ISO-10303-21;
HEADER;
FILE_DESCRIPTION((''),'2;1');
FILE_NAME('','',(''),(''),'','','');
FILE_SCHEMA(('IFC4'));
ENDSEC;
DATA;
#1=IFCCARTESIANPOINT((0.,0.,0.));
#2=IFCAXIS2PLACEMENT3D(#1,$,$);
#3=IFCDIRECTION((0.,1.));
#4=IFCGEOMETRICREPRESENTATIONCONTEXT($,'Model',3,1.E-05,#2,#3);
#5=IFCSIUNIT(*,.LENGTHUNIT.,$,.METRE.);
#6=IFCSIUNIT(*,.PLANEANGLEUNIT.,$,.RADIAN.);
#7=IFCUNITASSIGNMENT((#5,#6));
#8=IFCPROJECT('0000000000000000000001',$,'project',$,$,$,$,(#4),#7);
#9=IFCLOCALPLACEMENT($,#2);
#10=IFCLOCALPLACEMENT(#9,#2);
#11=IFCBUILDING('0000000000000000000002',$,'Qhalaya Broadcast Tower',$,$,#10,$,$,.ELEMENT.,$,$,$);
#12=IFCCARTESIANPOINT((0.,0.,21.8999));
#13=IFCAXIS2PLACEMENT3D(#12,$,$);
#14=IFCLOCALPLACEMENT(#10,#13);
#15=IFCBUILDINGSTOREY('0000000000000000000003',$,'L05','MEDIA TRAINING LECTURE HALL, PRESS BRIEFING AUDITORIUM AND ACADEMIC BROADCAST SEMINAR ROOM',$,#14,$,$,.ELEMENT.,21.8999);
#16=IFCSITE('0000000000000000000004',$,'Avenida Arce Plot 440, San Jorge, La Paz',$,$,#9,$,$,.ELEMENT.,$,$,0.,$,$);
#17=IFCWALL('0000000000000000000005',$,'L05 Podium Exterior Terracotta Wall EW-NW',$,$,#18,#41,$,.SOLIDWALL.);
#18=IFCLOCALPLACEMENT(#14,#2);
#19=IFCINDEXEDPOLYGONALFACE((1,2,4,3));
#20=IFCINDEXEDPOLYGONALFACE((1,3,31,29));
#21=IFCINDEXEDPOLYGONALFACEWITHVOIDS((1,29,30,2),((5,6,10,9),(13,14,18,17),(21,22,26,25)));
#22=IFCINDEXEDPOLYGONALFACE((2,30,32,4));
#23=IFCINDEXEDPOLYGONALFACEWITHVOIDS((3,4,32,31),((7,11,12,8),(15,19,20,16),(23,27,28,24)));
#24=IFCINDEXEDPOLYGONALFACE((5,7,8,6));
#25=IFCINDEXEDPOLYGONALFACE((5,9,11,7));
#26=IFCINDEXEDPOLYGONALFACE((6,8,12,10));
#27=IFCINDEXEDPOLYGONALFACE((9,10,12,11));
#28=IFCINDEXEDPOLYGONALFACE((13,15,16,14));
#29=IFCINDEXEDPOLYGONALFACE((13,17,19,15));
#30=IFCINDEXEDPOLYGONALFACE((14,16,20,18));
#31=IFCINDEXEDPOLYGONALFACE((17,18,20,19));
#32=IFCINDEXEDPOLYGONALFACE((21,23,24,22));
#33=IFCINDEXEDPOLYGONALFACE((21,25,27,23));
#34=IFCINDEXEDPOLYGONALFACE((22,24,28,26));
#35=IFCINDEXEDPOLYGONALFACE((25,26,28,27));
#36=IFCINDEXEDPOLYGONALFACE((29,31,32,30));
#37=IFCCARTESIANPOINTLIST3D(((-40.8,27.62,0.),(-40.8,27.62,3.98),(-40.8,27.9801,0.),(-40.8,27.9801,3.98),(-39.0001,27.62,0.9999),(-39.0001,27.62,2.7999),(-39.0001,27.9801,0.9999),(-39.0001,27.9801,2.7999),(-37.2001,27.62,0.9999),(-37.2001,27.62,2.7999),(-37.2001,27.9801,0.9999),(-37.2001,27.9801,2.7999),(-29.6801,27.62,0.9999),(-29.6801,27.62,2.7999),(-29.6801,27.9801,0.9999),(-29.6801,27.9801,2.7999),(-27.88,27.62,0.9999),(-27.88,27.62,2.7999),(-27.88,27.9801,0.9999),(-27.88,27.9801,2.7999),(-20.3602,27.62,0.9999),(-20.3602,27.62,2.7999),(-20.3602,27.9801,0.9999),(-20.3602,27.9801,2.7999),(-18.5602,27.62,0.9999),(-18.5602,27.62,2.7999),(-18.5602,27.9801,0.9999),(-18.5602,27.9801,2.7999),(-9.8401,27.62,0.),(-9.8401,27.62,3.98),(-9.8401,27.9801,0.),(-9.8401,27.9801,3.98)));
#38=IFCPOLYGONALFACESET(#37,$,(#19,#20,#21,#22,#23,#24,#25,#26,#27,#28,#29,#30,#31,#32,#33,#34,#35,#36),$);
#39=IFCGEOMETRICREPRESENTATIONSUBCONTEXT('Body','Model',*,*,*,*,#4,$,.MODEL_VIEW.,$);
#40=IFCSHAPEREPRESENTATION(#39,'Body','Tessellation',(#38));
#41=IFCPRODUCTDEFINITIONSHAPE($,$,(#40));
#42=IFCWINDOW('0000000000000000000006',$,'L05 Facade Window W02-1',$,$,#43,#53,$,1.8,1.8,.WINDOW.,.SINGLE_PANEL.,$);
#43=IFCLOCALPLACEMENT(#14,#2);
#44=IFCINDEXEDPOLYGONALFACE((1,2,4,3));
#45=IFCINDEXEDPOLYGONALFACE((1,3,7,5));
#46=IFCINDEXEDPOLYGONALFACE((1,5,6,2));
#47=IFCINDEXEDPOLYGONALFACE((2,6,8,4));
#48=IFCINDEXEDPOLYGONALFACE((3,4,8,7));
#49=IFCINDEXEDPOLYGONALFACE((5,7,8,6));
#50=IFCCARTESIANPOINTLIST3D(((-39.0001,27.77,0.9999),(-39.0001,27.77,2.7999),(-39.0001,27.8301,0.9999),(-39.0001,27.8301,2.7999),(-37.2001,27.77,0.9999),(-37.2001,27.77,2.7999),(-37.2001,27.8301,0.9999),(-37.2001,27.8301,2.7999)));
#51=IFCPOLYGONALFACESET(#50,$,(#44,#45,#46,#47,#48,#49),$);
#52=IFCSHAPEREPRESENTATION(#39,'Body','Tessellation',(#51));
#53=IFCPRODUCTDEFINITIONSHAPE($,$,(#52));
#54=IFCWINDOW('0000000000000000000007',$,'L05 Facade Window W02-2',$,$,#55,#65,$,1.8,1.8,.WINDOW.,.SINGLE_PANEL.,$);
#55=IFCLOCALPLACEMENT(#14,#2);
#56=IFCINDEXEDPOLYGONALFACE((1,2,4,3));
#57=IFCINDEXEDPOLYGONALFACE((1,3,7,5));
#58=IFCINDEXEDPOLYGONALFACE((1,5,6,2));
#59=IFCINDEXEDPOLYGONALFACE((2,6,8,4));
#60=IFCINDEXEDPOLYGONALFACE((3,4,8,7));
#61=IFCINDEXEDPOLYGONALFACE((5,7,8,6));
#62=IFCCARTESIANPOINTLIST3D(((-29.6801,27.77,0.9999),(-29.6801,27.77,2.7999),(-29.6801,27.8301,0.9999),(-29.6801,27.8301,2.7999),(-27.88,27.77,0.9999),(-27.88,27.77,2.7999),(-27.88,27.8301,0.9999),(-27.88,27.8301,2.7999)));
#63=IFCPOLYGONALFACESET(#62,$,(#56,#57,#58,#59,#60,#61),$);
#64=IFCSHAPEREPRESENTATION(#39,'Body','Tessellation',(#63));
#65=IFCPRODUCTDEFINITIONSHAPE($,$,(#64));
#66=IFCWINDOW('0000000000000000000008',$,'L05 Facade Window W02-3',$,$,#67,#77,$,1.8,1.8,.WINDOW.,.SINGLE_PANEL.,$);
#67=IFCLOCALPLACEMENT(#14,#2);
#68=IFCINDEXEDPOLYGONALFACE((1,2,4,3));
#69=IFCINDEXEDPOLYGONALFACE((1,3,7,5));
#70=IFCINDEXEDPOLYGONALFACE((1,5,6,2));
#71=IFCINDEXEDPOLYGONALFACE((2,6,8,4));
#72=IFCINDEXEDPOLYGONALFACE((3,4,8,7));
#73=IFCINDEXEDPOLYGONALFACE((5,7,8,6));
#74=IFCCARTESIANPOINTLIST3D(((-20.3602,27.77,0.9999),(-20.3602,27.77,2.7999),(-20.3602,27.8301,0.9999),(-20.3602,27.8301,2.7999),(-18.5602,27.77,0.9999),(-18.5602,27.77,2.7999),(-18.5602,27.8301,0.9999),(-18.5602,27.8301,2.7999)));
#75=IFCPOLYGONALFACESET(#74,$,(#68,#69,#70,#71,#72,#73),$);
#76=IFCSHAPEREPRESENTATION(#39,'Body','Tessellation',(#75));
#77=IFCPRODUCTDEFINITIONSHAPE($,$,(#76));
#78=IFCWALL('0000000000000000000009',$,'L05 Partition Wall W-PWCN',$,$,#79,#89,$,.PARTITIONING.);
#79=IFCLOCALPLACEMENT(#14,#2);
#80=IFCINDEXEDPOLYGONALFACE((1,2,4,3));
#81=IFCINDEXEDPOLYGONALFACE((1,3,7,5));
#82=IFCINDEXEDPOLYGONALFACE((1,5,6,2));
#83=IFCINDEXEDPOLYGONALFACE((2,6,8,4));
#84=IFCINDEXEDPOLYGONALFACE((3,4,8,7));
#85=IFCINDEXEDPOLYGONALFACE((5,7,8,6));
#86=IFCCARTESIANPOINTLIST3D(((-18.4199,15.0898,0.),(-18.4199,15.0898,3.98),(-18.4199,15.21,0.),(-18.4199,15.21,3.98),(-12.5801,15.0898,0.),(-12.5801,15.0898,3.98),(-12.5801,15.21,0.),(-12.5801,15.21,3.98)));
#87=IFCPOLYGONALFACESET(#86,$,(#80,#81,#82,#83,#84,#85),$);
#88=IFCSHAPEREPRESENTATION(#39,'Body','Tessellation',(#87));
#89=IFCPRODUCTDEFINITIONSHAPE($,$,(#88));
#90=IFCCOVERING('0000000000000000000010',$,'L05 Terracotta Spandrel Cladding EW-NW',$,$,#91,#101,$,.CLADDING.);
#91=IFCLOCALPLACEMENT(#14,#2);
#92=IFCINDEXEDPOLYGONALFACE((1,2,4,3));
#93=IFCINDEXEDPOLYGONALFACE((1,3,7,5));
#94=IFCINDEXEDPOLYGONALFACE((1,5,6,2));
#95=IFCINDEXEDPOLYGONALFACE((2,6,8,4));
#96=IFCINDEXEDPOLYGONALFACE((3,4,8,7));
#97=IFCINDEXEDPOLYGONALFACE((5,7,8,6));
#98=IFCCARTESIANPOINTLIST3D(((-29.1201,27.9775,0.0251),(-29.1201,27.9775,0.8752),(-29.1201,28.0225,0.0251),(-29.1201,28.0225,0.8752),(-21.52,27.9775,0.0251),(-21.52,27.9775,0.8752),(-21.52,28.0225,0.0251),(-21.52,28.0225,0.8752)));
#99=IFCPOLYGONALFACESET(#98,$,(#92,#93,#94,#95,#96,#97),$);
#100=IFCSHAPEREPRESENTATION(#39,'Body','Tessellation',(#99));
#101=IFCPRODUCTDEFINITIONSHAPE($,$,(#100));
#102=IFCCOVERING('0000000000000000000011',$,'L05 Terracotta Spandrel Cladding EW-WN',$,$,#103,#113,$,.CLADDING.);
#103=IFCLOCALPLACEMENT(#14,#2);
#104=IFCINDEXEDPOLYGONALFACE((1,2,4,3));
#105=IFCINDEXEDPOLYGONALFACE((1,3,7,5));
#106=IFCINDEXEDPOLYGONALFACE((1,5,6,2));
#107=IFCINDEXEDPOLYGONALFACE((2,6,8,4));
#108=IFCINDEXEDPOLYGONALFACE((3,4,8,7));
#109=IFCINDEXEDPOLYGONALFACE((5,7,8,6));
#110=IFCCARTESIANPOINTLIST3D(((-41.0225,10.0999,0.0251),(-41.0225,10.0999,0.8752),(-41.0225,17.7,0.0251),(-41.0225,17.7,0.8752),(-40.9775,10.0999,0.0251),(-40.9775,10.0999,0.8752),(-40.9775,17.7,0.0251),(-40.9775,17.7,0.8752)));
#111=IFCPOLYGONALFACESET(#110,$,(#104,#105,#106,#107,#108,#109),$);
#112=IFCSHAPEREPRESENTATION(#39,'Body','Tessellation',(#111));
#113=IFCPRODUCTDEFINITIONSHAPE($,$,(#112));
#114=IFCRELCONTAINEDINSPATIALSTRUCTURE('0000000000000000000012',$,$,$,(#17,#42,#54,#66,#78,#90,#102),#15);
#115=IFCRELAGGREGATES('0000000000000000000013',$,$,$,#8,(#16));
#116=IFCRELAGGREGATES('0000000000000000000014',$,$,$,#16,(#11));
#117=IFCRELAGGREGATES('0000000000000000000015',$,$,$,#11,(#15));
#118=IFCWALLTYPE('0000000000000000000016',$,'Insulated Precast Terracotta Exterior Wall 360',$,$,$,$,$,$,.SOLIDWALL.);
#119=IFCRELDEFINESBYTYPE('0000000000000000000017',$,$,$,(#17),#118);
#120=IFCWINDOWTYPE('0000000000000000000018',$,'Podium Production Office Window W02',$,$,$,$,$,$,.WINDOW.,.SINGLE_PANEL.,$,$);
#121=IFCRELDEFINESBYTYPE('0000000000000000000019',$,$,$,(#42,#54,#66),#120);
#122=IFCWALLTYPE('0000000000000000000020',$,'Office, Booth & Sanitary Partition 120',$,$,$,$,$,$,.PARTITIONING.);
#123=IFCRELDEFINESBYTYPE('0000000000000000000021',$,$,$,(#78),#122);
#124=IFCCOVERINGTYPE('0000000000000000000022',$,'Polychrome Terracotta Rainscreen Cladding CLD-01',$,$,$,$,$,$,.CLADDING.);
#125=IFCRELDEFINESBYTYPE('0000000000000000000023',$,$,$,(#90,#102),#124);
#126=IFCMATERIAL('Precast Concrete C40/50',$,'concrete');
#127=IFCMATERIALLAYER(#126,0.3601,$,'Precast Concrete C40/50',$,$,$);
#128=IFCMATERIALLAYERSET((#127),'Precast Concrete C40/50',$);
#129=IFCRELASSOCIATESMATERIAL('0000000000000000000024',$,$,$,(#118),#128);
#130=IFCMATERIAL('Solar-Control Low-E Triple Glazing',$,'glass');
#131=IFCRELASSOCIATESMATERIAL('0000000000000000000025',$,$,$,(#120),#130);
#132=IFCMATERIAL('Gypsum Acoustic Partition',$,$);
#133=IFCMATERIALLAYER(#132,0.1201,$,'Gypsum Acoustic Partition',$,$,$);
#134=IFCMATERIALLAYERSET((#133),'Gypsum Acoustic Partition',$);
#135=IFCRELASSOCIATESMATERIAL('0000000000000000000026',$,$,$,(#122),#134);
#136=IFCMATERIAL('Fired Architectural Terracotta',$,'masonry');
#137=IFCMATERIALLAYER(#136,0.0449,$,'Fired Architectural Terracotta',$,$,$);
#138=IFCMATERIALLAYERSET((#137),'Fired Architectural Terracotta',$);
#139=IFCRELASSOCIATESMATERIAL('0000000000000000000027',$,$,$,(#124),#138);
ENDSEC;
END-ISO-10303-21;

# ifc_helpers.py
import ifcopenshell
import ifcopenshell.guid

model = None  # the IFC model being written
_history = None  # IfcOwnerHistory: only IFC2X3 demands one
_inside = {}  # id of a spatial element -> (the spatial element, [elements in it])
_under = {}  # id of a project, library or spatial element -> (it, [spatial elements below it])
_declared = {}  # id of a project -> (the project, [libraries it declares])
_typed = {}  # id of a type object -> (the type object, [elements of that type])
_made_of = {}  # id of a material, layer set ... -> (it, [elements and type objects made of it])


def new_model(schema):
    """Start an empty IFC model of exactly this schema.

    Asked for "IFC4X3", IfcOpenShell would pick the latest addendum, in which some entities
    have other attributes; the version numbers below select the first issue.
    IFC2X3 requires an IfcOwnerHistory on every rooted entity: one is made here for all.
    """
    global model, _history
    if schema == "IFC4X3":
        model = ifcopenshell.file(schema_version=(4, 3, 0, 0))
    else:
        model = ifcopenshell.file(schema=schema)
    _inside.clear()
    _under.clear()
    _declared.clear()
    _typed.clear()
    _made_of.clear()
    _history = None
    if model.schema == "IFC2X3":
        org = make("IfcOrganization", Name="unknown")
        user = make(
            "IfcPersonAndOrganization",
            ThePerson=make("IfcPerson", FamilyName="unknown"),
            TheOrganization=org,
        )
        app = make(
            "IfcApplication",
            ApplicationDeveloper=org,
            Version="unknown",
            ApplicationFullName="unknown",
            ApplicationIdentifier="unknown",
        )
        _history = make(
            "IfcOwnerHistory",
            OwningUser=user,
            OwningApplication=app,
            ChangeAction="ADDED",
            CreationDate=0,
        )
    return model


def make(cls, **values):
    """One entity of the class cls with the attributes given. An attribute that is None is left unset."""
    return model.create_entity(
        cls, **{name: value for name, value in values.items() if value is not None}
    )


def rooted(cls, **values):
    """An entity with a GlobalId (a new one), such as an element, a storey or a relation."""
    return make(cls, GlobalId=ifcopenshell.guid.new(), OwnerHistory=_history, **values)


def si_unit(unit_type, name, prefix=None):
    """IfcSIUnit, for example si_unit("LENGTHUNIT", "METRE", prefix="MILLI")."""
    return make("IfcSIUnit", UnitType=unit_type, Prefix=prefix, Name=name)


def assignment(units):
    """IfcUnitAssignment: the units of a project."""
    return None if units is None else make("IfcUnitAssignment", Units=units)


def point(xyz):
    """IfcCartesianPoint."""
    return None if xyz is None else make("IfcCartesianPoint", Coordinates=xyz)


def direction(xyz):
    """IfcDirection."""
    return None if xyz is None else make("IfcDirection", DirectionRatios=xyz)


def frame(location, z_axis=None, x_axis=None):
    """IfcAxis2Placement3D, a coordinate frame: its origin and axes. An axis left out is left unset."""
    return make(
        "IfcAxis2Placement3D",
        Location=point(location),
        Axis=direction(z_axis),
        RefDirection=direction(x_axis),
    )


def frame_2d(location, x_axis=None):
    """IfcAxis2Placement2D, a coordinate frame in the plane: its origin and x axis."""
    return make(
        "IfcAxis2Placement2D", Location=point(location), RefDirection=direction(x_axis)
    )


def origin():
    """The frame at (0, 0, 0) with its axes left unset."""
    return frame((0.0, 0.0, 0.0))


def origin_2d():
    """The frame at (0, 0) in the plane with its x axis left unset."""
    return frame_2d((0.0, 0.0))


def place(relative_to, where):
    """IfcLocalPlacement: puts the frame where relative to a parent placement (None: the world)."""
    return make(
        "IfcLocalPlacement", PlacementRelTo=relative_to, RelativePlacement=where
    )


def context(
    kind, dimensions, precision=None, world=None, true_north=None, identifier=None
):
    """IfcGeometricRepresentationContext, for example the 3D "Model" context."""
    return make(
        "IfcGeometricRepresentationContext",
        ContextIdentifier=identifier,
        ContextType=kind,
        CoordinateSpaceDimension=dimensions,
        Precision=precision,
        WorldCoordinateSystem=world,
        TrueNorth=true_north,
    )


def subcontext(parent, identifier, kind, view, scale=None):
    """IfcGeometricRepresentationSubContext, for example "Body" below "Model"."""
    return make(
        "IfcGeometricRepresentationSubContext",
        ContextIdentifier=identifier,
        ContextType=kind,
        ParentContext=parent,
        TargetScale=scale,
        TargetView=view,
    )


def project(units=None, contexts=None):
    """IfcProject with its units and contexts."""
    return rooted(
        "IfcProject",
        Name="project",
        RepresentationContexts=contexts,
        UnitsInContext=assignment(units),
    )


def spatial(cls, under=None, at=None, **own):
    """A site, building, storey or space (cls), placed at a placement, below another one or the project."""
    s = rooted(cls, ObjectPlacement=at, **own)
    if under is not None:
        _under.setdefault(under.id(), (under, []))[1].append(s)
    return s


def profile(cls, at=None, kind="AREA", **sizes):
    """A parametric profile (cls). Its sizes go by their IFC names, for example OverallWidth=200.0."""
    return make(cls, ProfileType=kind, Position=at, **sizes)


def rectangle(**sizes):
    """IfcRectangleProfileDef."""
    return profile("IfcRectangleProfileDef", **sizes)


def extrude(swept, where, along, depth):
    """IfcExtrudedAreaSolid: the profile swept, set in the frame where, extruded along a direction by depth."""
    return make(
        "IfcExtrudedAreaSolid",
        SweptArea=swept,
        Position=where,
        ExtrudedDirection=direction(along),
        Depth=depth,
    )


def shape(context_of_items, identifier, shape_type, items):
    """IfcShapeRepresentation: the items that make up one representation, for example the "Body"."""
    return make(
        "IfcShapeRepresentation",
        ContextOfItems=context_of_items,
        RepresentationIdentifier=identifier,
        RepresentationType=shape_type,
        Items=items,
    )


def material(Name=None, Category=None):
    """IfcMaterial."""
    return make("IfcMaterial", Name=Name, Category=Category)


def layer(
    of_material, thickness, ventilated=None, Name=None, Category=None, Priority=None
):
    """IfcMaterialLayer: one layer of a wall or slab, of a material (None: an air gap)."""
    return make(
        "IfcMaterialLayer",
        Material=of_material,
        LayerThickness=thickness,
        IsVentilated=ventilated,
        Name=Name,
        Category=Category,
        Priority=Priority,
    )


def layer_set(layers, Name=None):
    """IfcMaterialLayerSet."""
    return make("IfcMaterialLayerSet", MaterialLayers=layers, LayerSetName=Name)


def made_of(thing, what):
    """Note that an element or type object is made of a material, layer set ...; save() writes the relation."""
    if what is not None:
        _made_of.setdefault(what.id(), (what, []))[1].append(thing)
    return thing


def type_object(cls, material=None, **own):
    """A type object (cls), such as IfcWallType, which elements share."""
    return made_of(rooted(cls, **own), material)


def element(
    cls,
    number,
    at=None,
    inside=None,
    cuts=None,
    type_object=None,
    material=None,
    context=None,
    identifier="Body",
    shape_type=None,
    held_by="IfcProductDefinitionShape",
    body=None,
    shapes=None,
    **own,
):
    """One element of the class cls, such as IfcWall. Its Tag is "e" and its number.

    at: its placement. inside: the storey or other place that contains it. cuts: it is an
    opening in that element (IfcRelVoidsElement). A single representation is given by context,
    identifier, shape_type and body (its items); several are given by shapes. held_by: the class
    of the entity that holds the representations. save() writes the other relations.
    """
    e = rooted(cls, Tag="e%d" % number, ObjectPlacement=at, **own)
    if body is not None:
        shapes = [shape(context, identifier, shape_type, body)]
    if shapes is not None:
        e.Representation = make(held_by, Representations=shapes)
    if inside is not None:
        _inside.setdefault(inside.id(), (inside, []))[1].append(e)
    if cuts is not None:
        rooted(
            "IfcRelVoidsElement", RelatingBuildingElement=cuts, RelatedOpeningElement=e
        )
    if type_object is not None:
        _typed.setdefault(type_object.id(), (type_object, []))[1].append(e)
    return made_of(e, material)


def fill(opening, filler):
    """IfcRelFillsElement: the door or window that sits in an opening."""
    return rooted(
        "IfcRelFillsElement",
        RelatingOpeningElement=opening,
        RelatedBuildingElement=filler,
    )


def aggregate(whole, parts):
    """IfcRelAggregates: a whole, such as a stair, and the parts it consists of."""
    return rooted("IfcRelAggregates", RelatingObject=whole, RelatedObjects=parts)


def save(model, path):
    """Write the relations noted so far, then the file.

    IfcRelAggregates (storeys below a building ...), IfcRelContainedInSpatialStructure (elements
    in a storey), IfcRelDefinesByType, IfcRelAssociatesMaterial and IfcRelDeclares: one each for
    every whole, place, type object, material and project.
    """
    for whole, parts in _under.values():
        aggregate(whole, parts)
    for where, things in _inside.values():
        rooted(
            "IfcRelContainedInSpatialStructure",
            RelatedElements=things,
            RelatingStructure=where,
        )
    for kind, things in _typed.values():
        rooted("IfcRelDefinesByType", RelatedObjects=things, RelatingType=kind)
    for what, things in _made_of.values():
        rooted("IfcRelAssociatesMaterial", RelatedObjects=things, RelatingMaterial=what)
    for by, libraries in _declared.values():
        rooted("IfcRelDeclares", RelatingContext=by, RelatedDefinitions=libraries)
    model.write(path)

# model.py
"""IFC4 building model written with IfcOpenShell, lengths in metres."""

from ifc_helpers import new_model, si_unit, direction, frame, frame_2d, origin, origin_2d, place, context, subcontext, project, spatial, rectangle, extrude, material, layer, layer_set, type_object, element, fill, save


model = new_model("IFC4")

# Units and contexts
model_context = context("Model", 3, precision=1e-05, world=origin(), true_north=direction((0.0, 1.0)))
body_context = subcontext(model_context, "Body", "Model", "MODEL_VIEW")
ifc_project = project(units=[si_unit("LENGTHUNIT", "METRE"), si_unit("PLANEANGLEUNIT", "RADIAN")], contexts=[model_context])

# Site, building, storey
site_placement = place(None, origin())
site = spatial("IfcSite", under=ifc_project, at=site_placement, Name="Avenida Arce Plot 440, San Jorge, La Paz", CompositionType="ELEMENT", RefElevation=0.0)
building_placement = place(site_placement, origin())
building = spatial("IfcBuilding", under=site, at=building_placement, Name="Qhalaya Broadcast Tower", CompositionType="ELEMENT")
storey_placement = place(building_placement, frame((0.0, 0.0, 21.8999)))
storey = spatial("IfcBuildingStorey", under=building, at=storey_placement, Name="L05", Description="MEDIA TRAINING LECTURE HALL, PRESS BRIEFING AUDITORIUM AND ACADEMIC BROADCAST SEMINAR ROOM", CompositionType="ELEMENT", Elevation=21.8999)

# Shared definitions
ifc_material_1 = material(Name="Gypsum Acoustic Partition")

# Wall, openings, windows
ifc_material_2 = material(Name="Precast Concrete C40/50", Category="concrete")
ifc_layer_1 = layer(ifc_material_2, 0.3601, Name="Precast Concrete C40/50")
ifc_layer_set_1 = layer_set([ifc_layer_1], Name="Precast Concrete C40/50")
wall_type_1 = type_object("IfcWallType", Name="Insulated Precast Terracotta Exterior Wall 360", PredefinedType="SOLIDWALL", material=ifc_layer_set_1)
wall_1_placement = place(storey_placement, frame((-40.8, 27.8, 0.0), z_axis=(0.0, 0.0, 1.0), x_axis=(1.0, 0.0, 0.0)))
wall_1 = element("IfcWall", 1, at=wall_1_placement, inside=storey, type_object=wall_type_1, Name="L05 Podium Exterior Terracotta Wall EW-NW", PredefinedType="SOLIDWALL", context=body_context, shape_type="SweptSolid", body=[
    extrude(rectangle(XDim=30.96, YDim=0.3601, at=frame_2d((15.48, 0.0))), origin(), (0.0, 0.0, 1.0), 3.98),
])
opening_1_placement = place(wall_1_placement, frame((1.8, 0.0, 1.0)))
opening_1 = element("IfcOpeningElement", 2, at=opening_1_placement, cuts=wall_1, PredefinedType="OPENING", context=body_context, shape_type="SweptSolid", body=[
    extrude(rectangle(XDim=1.8, YDim=1.8, at=frame_2d((0.8999, 0.8999))), frame((0.0, 0.1921, 0.0), z_axis=(0.0, -1.0, 0.0), x_axis=(1.0, 0.0, 0.0)), (0.0, 0.0, 1.0), 0.384),
])
opening_2_placement = place(wall_1_placement, frame((11.1201, 0.0, 1.0)))
opening_2 = element("IfcOpeningElement", 3, at=opening_2_placement, cuts=wall_1, PredefinedType="OPENING", context=body_context, shape_type="SweptSolid", body=[
    extrude(rectangle(XDim=1.8, YDim=1.8, at=frame_2d((0.8999, 0.8999))), frame((0.0, 0.1921, 0.0), z_axis=(0.0, -1.0, 0.0), x_axis=(1.0, 0.0, 0.0)), (0.0, 0.0, 1.0), 0.384),
])
opening_3_placement = place(wall_1_placement, frame((20.4399, 0.0, 1.0)))
opening_3 = element("IfcOpeningElement", 4, at=opening_3_placement, cuts=wall_1, PredefinedType="OPENING", context=body_context, shape_type="SweptSolid", body=[
    extrude(rectangle(XDim=1.8, YDim=1.8, at=frame_2d((0.8999, 0.8999))), frame((0.0, 0.1921, 0.0), z_axis=(0.0, -1.0, 0.0), x_axis=(1.0, 0.0, 0.0)), (0.0, 0.0, 1.0), 0.384),
])
ifc_material_3 = material(Name="Solar-Control Low-E Triple Glazing", Category="glass")
window_type = type_object("IfcWindowType", Name="Podium Production Office Window W02", PartitioningType="SINGLE_PANEL", PredefinedType="WINDOW", material=ifc_material_3)
window_1_placement = place(opening_1_placement, origin())
window_1 = element("IfcWindow", 5, at=window_1_placement, inside=storey, type_object=window_type, Name="L05 Facade Window W02-1", OverallHeight=1.8, OverallWidth=1.8, PartitioningType="SINGLE_PANEL", PredefinedType="WINDOW", context=body_context, shape_type="SweptSolid", body=[
    extrude(rectangle(XDim=1.8, YDim=1.8, at=frame_2d((0.8999, 0.8999))), frame((0.0, 0.03, 0.0), z_axis=(0.0, -1.0, 0.0), x_axis=(1.0, 0.0, 0.0)), (0.0, 0.0, 1.0), 0.0601),
])
fill(opening_1, window_1)
window_2_placement = place(opening_2_placement, origin())
window_2 = element("IfcWindow", 6, at=window_2_placement, inside=storey, type_object=window_type, Name="L05 Facade Window W02-2", OverallHeight=1.8, OverallWidth=1.8, PartitioningType="SINGLE_PANEL", PredefinedType="WINDOW", context=body_context, shape_type="SweptSolid", body=[
    extrude(rectangle(XDim=1.8, YDim=1.8, at=frame_2d((0.8999, 0.8999))), frame((0.0, 0.03, 0.0), z_axis=(0.0, -1.0, 0.0), x_axis=(1.0, 0.0, 0.0)), (0.0, 0.0, 1.0), 0.0601),
])
fill(opening_2, window_2)
window_3_placement = place(opening_3_placement, origin())
window_3 = element("IfcWindow", 7, at=window_3_placement, inside=storey, type_object=window_type, Name="L05 Facade Window W02-3", OverallHeight=1.8, OverallWidth=1.8, PartitioningType="SINGLE_PANEL", PredefinedType="WINDOW", context=body_context, shape_type="SweptSolid", body=[
    extrude(rectangle(XDim=1.8, YDim=1.8, at=frame_2d((0.8999, 0.8999))), frame((0.0, 0.03, 0.0), z_axis=(0.0, -1.0, 0.0), x_axis=(1.0, 0.0, 0.0)), (0.0, 0.0, 1.0), 0.0601),
])
fill(opening_3, window_3)

# Wall
ifc_layer_2 = layer(ifc_material_1, 0.1201, Name="Gypsum Acoustic Partition")
ifc_layer_set_2 = layer_set([ifc_layer_2], Name="Gypsum Acoustic Partition")
wall_type_2 = type_object("IfcWallType", Name="Office, Booth & Sanitary Partition 120", PredefinedType="PARTITIONING", material=ifc_layer_set_2)
wall_2_placement = place(storey_placement, frame((-18.4199, 15.1499, 0.0), z_axis=(0.0, 0.0, 1.0), x_axis=(1.0, 0.0, 0.0)))
element("IfcWall", 8, at=wall_2_placement, inside=storey, type_object=wall_type_2, Name="L05 Partition Wall W-PWCN", PredefinedType="PARTITIONING", context=body_context, shape_type="SweptSolid", body=[
    extrude(rectangle(XDim=5.8398, YDim=0.1201, at=frame_2d((2.9199, 0.0))), origin(), (0.0, 0.0, 1.0), 3.98),
])

# Coverings
ifc_material_4 = material(Name="Fired Architectural Terracotta", Category="masonry")
ifc_layer_3 = layer(ifc_material_4, 0.0449, Name="Fired Architectural Terracotta")
ifc_layer_set_3 = layer_set([ifc_layer_3], Name="Fired Architectural Terracotta")
covering_type = type_object("IfcCoveringType", Name="Polychrome Terracotta Rainscreen Cladding CLD-01", PredefinedType="CLADDING", material=ifc_layer_set_3)
for number, where, z_axis, x_axis, name in (
    (9, (-25.3201, 28.0, 0.0251), (0.0, 0.0, 1.0), (1.0, 0.0, 0.0), "L05 Terracotta Spandrel Cladding EW-NW"),
    (10, (-41.0, 13.8999, 0.0251), (0.0, 0.0, 1.0), (0.0, 1.0, 0.0), "L05 Terracotta Spandrel Cladding EW-WN"),
):
    element("IfcCovering", number, at=place(storey_placement, frame(where, z_axis=z_axis, x_axis=x_axis)), inside=storey, type_object=covering_type, Name=name, PredefinedType="CLADDING", context=body_context, shape_type="SweptSolid", body=[
        extrude(rectangle(XDim=7.6001, YDim=0.0449, at=origin_2d()), origin(), (0.0, 0.0, 1.0), 0.8501),
    ])

save(model, "model.ifc")
